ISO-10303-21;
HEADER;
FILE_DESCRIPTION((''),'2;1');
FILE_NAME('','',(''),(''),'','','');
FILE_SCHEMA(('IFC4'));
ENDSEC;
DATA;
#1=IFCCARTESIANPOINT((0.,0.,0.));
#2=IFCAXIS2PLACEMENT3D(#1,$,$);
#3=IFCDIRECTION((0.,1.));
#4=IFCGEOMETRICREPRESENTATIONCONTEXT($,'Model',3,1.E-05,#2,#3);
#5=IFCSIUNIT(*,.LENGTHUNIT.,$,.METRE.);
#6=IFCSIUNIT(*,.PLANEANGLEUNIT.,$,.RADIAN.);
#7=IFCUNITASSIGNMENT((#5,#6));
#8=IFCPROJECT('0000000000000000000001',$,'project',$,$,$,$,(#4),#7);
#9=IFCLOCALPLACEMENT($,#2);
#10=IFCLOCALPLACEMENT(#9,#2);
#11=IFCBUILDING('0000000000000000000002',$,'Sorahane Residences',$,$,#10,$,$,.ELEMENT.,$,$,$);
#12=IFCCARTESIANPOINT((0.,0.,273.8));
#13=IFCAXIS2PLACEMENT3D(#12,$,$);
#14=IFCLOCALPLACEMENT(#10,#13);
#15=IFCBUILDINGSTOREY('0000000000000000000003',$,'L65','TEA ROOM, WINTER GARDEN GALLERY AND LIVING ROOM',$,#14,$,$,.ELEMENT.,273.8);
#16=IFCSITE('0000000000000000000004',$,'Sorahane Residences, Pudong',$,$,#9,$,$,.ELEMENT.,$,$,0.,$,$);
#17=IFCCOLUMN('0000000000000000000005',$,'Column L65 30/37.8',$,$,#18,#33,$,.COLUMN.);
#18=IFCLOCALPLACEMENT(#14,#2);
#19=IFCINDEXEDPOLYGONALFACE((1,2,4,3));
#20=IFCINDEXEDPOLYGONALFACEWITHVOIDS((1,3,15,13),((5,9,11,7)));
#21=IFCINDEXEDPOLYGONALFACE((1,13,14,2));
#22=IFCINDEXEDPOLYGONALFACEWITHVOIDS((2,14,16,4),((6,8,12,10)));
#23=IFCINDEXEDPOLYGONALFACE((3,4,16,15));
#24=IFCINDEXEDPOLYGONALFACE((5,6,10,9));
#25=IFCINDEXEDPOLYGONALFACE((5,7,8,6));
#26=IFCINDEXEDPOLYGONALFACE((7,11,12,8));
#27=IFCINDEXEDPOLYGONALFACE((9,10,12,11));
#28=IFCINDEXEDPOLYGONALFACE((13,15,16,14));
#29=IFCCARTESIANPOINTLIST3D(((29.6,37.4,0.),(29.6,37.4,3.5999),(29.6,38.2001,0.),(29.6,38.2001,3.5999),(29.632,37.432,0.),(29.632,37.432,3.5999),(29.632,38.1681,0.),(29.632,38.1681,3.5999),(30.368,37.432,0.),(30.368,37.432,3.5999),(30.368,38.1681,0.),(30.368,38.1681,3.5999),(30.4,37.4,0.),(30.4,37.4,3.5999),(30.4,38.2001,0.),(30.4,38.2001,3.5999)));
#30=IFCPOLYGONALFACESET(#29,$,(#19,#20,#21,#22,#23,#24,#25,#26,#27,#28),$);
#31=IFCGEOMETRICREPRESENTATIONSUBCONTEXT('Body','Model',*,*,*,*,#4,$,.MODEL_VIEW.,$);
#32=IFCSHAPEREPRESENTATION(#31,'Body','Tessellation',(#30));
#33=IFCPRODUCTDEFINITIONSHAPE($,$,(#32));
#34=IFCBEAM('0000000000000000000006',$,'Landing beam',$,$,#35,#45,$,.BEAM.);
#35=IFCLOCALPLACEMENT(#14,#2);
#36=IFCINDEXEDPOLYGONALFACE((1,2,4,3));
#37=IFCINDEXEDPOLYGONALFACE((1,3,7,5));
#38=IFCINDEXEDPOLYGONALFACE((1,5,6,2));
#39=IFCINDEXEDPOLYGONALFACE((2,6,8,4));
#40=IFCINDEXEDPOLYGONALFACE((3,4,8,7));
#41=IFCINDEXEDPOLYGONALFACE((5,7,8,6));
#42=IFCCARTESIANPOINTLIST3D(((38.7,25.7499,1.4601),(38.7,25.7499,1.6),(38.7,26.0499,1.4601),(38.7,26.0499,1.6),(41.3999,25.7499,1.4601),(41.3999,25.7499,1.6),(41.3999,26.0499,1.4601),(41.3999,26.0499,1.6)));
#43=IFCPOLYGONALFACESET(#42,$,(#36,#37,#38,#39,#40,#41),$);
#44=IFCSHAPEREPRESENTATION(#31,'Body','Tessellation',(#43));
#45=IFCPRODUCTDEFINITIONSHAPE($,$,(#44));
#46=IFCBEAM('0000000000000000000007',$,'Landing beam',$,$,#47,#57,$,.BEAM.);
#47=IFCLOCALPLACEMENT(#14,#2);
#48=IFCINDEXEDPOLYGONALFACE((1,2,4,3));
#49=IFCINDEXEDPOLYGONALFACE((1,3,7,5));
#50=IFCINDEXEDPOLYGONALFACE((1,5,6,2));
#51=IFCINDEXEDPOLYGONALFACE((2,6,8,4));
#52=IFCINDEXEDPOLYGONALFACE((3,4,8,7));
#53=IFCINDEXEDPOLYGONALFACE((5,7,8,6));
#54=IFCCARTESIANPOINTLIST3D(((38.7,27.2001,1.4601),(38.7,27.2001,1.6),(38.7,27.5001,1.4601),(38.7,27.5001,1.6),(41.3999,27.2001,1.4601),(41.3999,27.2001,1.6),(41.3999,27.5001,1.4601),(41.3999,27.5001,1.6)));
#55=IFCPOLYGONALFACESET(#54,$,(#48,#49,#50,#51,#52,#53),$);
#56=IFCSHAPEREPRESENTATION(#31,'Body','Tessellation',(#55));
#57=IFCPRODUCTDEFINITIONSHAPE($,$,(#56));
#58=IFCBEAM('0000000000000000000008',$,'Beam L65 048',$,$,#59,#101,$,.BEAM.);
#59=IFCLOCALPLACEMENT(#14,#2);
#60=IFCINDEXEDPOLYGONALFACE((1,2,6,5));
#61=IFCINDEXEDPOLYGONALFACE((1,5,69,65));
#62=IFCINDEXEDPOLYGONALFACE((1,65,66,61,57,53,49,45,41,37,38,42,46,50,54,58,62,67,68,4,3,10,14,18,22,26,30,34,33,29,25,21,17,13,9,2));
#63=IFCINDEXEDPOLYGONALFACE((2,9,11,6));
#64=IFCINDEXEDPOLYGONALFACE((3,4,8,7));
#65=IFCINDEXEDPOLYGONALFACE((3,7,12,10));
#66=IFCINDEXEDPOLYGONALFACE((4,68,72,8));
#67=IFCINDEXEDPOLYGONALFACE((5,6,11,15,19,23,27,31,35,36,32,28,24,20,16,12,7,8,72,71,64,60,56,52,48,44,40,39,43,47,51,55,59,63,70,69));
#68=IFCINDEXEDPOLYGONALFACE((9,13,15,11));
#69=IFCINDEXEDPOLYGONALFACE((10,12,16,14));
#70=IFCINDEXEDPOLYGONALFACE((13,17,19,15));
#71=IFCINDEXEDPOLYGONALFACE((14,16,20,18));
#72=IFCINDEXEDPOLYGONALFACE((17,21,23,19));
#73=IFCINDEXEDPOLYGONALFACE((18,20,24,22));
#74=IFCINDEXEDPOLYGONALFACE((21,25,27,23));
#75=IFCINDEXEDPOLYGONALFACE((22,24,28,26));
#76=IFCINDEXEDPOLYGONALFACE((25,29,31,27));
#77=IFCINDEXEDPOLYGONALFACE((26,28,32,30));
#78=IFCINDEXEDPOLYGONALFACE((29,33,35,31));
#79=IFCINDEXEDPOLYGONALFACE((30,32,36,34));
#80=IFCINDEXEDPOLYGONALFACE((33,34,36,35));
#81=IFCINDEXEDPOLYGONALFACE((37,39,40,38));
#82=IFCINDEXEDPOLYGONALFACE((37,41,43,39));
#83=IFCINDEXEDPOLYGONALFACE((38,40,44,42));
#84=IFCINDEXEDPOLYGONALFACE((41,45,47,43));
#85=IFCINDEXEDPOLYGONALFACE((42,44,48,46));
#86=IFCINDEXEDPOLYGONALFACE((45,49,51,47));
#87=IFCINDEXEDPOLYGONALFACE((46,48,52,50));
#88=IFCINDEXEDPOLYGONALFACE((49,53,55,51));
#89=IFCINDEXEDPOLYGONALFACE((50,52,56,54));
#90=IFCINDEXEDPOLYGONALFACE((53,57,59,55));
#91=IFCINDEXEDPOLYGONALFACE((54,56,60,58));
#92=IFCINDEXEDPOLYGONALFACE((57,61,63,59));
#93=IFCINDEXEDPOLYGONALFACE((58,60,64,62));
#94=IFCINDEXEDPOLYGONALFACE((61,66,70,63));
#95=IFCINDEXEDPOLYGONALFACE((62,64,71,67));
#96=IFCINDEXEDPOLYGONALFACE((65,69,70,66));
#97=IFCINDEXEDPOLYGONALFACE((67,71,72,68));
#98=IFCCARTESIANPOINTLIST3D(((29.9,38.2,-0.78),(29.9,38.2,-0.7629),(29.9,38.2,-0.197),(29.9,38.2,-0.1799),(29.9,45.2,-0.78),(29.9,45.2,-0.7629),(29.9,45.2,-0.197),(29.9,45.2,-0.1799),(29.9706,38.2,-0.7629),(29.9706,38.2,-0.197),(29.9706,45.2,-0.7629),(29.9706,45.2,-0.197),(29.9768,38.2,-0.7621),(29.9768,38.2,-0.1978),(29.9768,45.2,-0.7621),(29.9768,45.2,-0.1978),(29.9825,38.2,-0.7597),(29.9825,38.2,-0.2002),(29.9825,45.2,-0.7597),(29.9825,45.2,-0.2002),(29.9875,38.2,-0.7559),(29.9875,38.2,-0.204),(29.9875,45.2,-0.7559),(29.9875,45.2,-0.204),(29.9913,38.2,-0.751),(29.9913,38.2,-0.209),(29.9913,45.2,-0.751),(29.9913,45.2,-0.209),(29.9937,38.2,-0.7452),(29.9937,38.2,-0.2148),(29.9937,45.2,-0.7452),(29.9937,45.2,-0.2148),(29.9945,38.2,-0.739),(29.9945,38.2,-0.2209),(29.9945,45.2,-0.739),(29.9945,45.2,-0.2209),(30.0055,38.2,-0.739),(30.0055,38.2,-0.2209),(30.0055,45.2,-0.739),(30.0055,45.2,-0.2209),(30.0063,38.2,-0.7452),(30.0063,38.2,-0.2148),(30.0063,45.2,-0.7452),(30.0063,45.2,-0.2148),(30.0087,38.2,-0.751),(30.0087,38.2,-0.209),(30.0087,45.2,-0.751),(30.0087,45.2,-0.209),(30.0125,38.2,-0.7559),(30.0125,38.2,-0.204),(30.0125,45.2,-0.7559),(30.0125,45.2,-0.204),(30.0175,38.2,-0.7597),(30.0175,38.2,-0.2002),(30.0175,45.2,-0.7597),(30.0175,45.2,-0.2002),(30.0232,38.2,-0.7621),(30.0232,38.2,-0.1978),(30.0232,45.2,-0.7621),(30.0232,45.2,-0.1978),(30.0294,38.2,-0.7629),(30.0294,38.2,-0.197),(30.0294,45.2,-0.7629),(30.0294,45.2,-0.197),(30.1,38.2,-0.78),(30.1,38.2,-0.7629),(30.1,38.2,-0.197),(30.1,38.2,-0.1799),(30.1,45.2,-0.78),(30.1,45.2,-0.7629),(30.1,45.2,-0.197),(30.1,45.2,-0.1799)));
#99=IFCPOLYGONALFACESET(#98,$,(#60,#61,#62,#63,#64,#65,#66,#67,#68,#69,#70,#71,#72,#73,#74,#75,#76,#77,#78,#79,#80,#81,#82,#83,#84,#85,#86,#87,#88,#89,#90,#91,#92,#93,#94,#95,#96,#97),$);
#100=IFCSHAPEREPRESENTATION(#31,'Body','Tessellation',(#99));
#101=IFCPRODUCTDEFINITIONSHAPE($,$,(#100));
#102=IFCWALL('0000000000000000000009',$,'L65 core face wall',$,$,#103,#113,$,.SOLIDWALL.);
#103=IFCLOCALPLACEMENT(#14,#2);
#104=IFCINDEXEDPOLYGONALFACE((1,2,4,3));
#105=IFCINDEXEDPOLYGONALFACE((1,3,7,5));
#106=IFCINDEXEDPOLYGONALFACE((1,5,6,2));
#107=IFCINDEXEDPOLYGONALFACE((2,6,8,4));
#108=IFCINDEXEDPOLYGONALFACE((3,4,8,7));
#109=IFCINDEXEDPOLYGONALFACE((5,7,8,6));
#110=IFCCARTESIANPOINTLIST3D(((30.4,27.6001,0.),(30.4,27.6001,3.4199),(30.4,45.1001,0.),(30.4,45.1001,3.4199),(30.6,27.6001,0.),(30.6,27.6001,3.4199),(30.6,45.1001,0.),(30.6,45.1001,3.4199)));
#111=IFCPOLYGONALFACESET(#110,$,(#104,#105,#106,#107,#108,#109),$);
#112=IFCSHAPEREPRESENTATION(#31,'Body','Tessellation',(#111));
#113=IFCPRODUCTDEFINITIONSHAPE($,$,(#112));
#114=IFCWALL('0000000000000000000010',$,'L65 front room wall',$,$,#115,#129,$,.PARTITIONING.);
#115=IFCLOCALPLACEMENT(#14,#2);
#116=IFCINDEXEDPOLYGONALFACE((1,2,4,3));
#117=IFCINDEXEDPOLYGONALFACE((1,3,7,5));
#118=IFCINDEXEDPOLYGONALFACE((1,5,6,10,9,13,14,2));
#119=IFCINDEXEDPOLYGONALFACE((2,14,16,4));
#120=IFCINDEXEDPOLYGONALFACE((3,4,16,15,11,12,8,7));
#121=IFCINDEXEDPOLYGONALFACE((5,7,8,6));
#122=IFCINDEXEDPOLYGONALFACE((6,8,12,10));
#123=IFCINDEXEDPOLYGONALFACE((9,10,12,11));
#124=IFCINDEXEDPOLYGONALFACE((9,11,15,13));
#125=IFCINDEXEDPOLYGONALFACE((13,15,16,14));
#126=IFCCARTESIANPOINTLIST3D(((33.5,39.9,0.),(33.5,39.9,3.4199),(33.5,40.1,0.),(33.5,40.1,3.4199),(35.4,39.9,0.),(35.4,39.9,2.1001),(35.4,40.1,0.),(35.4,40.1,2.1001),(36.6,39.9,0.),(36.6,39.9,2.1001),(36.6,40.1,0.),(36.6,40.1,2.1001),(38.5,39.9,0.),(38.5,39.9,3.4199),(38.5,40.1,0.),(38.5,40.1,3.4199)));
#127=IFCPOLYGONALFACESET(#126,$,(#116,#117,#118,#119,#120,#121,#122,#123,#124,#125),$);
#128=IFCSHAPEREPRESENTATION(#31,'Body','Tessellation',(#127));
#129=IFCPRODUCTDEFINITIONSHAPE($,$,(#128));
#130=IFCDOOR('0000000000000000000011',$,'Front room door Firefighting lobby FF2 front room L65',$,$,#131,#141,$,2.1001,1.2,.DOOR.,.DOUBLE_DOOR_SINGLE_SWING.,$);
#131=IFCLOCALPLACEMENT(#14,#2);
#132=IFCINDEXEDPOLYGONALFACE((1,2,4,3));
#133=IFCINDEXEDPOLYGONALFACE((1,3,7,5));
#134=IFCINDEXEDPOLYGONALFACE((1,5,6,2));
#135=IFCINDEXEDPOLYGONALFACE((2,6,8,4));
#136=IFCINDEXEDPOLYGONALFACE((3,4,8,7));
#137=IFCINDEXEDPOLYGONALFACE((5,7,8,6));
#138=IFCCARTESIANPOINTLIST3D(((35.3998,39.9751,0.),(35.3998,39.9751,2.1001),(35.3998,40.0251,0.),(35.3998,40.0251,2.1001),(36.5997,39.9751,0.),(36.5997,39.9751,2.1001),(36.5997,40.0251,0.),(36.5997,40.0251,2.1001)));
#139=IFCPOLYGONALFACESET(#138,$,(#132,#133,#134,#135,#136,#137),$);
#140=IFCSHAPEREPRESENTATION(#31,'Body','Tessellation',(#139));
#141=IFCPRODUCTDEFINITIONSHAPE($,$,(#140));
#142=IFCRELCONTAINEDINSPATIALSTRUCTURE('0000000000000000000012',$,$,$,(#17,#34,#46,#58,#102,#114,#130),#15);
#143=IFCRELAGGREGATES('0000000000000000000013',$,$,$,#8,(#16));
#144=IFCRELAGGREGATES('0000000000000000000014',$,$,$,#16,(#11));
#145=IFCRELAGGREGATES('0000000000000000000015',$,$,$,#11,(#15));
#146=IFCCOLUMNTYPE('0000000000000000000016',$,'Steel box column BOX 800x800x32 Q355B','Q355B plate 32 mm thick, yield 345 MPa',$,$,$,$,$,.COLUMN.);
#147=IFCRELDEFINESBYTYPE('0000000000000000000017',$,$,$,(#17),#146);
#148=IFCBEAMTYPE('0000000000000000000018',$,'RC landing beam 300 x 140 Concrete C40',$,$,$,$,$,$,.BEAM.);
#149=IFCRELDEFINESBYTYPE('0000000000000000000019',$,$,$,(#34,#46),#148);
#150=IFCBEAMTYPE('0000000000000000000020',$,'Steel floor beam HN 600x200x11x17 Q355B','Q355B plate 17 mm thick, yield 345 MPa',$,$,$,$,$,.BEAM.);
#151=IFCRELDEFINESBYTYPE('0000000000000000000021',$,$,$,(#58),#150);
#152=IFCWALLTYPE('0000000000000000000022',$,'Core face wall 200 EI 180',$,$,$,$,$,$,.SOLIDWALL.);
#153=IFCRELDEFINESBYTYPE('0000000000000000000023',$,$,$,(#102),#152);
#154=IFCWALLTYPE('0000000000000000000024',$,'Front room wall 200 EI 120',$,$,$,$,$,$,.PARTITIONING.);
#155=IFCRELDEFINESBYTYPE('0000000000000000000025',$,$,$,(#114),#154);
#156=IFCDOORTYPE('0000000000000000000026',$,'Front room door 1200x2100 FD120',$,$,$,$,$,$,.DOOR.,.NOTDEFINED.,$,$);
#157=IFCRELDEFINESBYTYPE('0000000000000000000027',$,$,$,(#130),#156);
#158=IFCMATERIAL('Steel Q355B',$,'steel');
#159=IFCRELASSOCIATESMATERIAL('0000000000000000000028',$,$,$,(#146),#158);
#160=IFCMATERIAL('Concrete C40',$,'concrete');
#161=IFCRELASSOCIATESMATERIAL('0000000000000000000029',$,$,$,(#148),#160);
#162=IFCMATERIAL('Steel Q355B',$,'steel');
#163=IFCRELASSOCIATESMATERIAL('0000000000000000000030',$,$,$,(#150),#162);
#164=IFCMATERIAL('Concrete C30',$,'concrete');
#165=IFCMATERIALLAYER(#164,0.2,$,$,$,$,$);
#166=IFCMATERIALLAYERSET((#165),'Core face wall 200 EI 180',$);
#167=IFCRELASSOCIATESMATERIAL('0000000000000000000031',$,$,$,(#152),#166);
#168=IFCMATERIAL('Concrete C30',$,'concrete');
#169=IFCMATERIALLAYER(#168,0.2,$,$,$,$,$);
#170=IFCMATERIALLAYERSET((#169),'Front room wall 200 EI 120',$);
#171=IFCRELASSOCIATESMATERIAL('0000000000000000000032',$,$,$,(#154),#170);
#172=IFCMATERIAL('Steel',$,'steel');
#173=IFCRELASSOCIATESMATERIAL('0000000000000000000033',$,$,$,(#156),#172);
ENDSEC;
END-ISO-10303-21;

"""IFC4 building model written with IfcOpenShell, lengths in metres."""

from ifc_helpers import new_model, si_unit, direction, frame, frame_2d, origin, origin_2d, place, context, subcontext, project, spatial, rectangle, hollow_rectangle, i_section, extrude, material, layer, layer_set, material_profile, profile_set, type_object, element, fill, save


model = new_model("IFC4")

# Units and contexts
model_context = context("Model", 3, precision=1e-05, world=origin(), true_north=direction((0.0, 1.0)))
body_context = subcontext(model_context, "Body", "Model", "MODEL_VIEW")
ifc_project = project(units=[si_unit("LENGTHUNIT", "METRE"), si_unit("PLANEANGLEUNIT", "RADIAN")], contexts=[model_context])

# Site, building, storey
site_placement = place(None, origin())
site = spatial("IfcSite", under=ifc_project, at=site_placement, Name="Sorahane Residences, Pudong", CompositionType="ELEMENT", RefElevation=0.0)
building_placement = place(site_placement, origin())
building = spatial("IfcBuilding", under=site, at=building_placement, Name="Sorahane Residences", CompositionType="ELEMENT")
storey_placement = place(building_placement, frame((0.0, 0.0, 273.8)))
storey = spatial("IfcBuildingStorey", under=building, at=storey_placement, Name="L65", Description="TEA ROOM, WINTER GARDEN GALLERY AND LIVING ROOM", CompositionType="ELEMENT", Elevation=273.8)

# Column
ifc_material_1 = material(Name="Steel Q355B", Category="steel")
ifc_material_profile_1 = material_profile(ifc_material_1, hollow_rectangle(XDim=0.8, YDim=0.8, WallThickness=0.032, at=origin_2d()), Name="BOX 800x800x32")
ifc_profile_set_1 = profile_set([ifc_material_profile_1], Name="Steel Q355B")
column_type = type_object("IfcColumnType", Name="Steel box column BOX 800x800x32 Q355B", Description="Q355B plate 32 mm thick, yield 345 MPa", PredefinedType="COLUMN", material=ifc_profile_set_1)
column_placement = place(storey_placement, frame((30.0, 37.8, 0.0), z_axis=(0.0, 0.0, 1.0), x_axis=(1.0, 0.0, 0.0)))
element("IfcColumn", 1, at=column_placement, inside=storey, type_object=column_type, Name="Column L65 30/37.8", PredefinedType="COLUMN", context=body_context, shape_type="SweptSolid", body=[
    extrude(hollow_rectangle(XDim=0.8, YDim=0.8, WallThickness=0.032, at=origin_2d()), origin(), (0.0, 0.0, 1.0), 3.5999),
])

# Beams
ifc_material_2 = material(Name="Concrete C40", Category="concrete")
ifc_material_profile_2 = material_profile(ifc_material_2, rectangle(XDim=0.3, YDim=0.1399, at=origin_2d()), Name="300x140")
ifc_profile_set_2 = profile_set([ifc_material_profile_2], Name="Concrete C40")
beam_type_1 = type_object("IfcBeamType", Name="RC landing beam 300 x 140 Concrete C40", PredefinedType="BEAM", material=ifc_profile_set_2)
for number, where, z_axis, x_axis, name in (
    (2, (38.7, 25.8999, 1.53), (1.0, 0.0, 0.0), (0.0, 1.0, 0.0), "Landing beam"),
    (3, (38.7, 27.3501, 1.53), (1.0, 0.0, 0.0), (0.0, 1.0, 0.0), "Landing beam"),
):
    element("IfcBeam", number, at=place(storey_placement, frame(where, z_axis=z_axis, x_axis=x_axis)), inside=storey, type_object=beam_type_1, Name=name, PredefinedType="BEAM", context=body_context, shape_type="SweptSolid", body=[
        extrude(rectangle(XDim=0.3, YDim=0.1399, at=origin_2d()), origin(), (0.0, 0.0, 1.0), 2.7),
    ])
ifc_material_3 = material(Name="Steel Q355B", Category="steel")
ifc_material_profile_3 = material_profile(ifc_material_3, i_section(OverallWidth=0.2, OverallDepth=0.6001, WebThickness=0.011, FlangeThickness=0.0171, FilletRadius=0.0239, at=origin_2d()), Name="HN 600x200x11x17")
ifc_profile_set_3 = profile_set([ifc_material_profile_3], Name="Steel Q355B")
beam_type_2 = type_object("IfcBeamType", Name="Steel floor beam HN 600x200x11x17 Q355B", Description="Q355B plate 17 mm thick, yield 345 MPa", PredefinedType="BEAM", material=ifc_profile_set_3)
beam_placement = place(storey_placement, frame((30.0, 38.2, -0.48), z_axis=(0.0, 1.0, 0.0), x_axis=(-1.0, 0.0, 0.0)))
element("IfcBeam", 4, at=beam_placement, inside=storey, type_object=beam_type_2, Name="Beam L65 048", PredefinedType="BEAM", context=body_context, shape_type="SweptSolid", body=[
    extrude(i_section(OverallWidth=0.2, OverallDepth=0.6001, WebThickness=0.011, FlangeThickness=0.0171, FilletRadius=0.0239, at=origin_2d()), origin(), (0.0, 0.0, 1.0), 7.0),
])

# Wall
ifc_material_4 = material(Name="Concrete C30", Category="concrete")
ifc_layer_1 = layer(ifc_material_4, 0.2)
ifc_layer_set_1 = layer_set([ifc_layer_1], Name="Core face wall 200 EI 180")
wall_type_1 = type_object("IfcWallType", Name="Core face wall 200 EI 180", PredefinedType="SOLIDWALL", material=ifc_layer_set_1)
wall_1_placement = place(storey_placement, frame((30.5, 27.6001, 0.0), z_axis=(0.0, 0.0, 1.0), x_axis=(0.0, 1.0, 0.0)))
element("IfcWall", 5, at=wall_1_placement, inside=storey, type_object=wall_type_1, Name="L65 core face wall", PredefinedType="SOLIDWALL", context=body_context, shape_type="SweptSolid", body=[
    extrude(rectangle(XDim=17.5, YDim=0.2, at=frame_2d((8.75, 0.0))), origin(), (0.0, 0.0, 1.0), 3.4199),
])

# Wall, opening, door
ifc_material_5 = material(Name="Concrete C30", Category="concrete")
ifc_layer_2 = layer(ifc_material_5, 0.2)
ifc_layer_set_2 = layer_set([ifc_layer_2], Name="Front room wall 200 EI 120")
wall_type_2 = type_object("IfcWallType", Name="Front room wall 200 EI 120", PredefinedType="PARTITIONING", material=ifc_layer_set_2)
wall_2_placement = place(storey_placement, frame((33.5, 40.0, 0.0), z_axis=(0.0, 0.0, 1.0), x_axis=(1.0, 0.0, 0.0)))
wall_2 = element("IfcWall", 6, at=wall_2_placement, inside=storey, type_object=wall_type_2, Name="L65 front room wall", PredefinedType="PARTITIONING", context=body_context, shape_type="SweptSolid", body=[
    extrude(rectangle(XDim=5.0, YDim=0.2, at=frame_2d((2.5, 0.0))), origin(), (0.0, 0.0, 1.0), 3.4199),
])
opening_1_placement = place(wall_2_placement, frame((1.8999, 0.0, 0.0)))
opening_1 = element("IfcOpeningElement", 7, at=opening_1_placement, cuts=wall_2, PredefinedType="OPENING", context=body_context, shape_type="SweptSolid", body=[
    extrude(rectangle(XDim=1.2, YDim=2.1001, at=frame_2d((0.6001, 1.05))), frame((0.0, 0.1099, 0.0), z_axis=(0.0, -1.0, 0.0), x_axis=(1.0, 0.0, 0.0)), (0.0, 0.0, 1.0), 0.22),
])
ifc_material_6 = material(Name="Steel", Category="steel")
door_type_1 = type_object("IfcDoorType", Name="Front room door 1200x2100 FD120", OperationType="NOTDEFINED", PredefinedType="DOOR", material=ifc_material_6)
door_1_placement = place(opening_1_placement, frame((1.2, 0.0, 0.0), z_axis=(0.0, 0.0, 1.0), x_axis=(-1.0, 0.0, 0.0)))
door_1 = element("IfcDoor", 8, at=door_1_placement, inside=storey, type_object=door_type_1, Name="Front room door Firefighting lobby FF2 front room L65", OperationType="DOUBLE_DOOR_SINGLE_SWING", OverallHeight=2.1001, OverallWidth=1.2, PredefinedType="DOOR", context=body_context, shape_type="SweptSolid", body=[
    extrude(rectangle(XDim=1.2, YDim=2.1001, at=frame_2d((0.6001, 1.05))), frame((0.0, 0.0249, 0.0), z_axis=(0.0, -1.0, 0.0), x_axis=(1.0, 0.0, 0.0)), (0.0, 0.0, 1.0), 0.05),
])
fill(opening_1, door_1)

save(model, "model.ifc")
